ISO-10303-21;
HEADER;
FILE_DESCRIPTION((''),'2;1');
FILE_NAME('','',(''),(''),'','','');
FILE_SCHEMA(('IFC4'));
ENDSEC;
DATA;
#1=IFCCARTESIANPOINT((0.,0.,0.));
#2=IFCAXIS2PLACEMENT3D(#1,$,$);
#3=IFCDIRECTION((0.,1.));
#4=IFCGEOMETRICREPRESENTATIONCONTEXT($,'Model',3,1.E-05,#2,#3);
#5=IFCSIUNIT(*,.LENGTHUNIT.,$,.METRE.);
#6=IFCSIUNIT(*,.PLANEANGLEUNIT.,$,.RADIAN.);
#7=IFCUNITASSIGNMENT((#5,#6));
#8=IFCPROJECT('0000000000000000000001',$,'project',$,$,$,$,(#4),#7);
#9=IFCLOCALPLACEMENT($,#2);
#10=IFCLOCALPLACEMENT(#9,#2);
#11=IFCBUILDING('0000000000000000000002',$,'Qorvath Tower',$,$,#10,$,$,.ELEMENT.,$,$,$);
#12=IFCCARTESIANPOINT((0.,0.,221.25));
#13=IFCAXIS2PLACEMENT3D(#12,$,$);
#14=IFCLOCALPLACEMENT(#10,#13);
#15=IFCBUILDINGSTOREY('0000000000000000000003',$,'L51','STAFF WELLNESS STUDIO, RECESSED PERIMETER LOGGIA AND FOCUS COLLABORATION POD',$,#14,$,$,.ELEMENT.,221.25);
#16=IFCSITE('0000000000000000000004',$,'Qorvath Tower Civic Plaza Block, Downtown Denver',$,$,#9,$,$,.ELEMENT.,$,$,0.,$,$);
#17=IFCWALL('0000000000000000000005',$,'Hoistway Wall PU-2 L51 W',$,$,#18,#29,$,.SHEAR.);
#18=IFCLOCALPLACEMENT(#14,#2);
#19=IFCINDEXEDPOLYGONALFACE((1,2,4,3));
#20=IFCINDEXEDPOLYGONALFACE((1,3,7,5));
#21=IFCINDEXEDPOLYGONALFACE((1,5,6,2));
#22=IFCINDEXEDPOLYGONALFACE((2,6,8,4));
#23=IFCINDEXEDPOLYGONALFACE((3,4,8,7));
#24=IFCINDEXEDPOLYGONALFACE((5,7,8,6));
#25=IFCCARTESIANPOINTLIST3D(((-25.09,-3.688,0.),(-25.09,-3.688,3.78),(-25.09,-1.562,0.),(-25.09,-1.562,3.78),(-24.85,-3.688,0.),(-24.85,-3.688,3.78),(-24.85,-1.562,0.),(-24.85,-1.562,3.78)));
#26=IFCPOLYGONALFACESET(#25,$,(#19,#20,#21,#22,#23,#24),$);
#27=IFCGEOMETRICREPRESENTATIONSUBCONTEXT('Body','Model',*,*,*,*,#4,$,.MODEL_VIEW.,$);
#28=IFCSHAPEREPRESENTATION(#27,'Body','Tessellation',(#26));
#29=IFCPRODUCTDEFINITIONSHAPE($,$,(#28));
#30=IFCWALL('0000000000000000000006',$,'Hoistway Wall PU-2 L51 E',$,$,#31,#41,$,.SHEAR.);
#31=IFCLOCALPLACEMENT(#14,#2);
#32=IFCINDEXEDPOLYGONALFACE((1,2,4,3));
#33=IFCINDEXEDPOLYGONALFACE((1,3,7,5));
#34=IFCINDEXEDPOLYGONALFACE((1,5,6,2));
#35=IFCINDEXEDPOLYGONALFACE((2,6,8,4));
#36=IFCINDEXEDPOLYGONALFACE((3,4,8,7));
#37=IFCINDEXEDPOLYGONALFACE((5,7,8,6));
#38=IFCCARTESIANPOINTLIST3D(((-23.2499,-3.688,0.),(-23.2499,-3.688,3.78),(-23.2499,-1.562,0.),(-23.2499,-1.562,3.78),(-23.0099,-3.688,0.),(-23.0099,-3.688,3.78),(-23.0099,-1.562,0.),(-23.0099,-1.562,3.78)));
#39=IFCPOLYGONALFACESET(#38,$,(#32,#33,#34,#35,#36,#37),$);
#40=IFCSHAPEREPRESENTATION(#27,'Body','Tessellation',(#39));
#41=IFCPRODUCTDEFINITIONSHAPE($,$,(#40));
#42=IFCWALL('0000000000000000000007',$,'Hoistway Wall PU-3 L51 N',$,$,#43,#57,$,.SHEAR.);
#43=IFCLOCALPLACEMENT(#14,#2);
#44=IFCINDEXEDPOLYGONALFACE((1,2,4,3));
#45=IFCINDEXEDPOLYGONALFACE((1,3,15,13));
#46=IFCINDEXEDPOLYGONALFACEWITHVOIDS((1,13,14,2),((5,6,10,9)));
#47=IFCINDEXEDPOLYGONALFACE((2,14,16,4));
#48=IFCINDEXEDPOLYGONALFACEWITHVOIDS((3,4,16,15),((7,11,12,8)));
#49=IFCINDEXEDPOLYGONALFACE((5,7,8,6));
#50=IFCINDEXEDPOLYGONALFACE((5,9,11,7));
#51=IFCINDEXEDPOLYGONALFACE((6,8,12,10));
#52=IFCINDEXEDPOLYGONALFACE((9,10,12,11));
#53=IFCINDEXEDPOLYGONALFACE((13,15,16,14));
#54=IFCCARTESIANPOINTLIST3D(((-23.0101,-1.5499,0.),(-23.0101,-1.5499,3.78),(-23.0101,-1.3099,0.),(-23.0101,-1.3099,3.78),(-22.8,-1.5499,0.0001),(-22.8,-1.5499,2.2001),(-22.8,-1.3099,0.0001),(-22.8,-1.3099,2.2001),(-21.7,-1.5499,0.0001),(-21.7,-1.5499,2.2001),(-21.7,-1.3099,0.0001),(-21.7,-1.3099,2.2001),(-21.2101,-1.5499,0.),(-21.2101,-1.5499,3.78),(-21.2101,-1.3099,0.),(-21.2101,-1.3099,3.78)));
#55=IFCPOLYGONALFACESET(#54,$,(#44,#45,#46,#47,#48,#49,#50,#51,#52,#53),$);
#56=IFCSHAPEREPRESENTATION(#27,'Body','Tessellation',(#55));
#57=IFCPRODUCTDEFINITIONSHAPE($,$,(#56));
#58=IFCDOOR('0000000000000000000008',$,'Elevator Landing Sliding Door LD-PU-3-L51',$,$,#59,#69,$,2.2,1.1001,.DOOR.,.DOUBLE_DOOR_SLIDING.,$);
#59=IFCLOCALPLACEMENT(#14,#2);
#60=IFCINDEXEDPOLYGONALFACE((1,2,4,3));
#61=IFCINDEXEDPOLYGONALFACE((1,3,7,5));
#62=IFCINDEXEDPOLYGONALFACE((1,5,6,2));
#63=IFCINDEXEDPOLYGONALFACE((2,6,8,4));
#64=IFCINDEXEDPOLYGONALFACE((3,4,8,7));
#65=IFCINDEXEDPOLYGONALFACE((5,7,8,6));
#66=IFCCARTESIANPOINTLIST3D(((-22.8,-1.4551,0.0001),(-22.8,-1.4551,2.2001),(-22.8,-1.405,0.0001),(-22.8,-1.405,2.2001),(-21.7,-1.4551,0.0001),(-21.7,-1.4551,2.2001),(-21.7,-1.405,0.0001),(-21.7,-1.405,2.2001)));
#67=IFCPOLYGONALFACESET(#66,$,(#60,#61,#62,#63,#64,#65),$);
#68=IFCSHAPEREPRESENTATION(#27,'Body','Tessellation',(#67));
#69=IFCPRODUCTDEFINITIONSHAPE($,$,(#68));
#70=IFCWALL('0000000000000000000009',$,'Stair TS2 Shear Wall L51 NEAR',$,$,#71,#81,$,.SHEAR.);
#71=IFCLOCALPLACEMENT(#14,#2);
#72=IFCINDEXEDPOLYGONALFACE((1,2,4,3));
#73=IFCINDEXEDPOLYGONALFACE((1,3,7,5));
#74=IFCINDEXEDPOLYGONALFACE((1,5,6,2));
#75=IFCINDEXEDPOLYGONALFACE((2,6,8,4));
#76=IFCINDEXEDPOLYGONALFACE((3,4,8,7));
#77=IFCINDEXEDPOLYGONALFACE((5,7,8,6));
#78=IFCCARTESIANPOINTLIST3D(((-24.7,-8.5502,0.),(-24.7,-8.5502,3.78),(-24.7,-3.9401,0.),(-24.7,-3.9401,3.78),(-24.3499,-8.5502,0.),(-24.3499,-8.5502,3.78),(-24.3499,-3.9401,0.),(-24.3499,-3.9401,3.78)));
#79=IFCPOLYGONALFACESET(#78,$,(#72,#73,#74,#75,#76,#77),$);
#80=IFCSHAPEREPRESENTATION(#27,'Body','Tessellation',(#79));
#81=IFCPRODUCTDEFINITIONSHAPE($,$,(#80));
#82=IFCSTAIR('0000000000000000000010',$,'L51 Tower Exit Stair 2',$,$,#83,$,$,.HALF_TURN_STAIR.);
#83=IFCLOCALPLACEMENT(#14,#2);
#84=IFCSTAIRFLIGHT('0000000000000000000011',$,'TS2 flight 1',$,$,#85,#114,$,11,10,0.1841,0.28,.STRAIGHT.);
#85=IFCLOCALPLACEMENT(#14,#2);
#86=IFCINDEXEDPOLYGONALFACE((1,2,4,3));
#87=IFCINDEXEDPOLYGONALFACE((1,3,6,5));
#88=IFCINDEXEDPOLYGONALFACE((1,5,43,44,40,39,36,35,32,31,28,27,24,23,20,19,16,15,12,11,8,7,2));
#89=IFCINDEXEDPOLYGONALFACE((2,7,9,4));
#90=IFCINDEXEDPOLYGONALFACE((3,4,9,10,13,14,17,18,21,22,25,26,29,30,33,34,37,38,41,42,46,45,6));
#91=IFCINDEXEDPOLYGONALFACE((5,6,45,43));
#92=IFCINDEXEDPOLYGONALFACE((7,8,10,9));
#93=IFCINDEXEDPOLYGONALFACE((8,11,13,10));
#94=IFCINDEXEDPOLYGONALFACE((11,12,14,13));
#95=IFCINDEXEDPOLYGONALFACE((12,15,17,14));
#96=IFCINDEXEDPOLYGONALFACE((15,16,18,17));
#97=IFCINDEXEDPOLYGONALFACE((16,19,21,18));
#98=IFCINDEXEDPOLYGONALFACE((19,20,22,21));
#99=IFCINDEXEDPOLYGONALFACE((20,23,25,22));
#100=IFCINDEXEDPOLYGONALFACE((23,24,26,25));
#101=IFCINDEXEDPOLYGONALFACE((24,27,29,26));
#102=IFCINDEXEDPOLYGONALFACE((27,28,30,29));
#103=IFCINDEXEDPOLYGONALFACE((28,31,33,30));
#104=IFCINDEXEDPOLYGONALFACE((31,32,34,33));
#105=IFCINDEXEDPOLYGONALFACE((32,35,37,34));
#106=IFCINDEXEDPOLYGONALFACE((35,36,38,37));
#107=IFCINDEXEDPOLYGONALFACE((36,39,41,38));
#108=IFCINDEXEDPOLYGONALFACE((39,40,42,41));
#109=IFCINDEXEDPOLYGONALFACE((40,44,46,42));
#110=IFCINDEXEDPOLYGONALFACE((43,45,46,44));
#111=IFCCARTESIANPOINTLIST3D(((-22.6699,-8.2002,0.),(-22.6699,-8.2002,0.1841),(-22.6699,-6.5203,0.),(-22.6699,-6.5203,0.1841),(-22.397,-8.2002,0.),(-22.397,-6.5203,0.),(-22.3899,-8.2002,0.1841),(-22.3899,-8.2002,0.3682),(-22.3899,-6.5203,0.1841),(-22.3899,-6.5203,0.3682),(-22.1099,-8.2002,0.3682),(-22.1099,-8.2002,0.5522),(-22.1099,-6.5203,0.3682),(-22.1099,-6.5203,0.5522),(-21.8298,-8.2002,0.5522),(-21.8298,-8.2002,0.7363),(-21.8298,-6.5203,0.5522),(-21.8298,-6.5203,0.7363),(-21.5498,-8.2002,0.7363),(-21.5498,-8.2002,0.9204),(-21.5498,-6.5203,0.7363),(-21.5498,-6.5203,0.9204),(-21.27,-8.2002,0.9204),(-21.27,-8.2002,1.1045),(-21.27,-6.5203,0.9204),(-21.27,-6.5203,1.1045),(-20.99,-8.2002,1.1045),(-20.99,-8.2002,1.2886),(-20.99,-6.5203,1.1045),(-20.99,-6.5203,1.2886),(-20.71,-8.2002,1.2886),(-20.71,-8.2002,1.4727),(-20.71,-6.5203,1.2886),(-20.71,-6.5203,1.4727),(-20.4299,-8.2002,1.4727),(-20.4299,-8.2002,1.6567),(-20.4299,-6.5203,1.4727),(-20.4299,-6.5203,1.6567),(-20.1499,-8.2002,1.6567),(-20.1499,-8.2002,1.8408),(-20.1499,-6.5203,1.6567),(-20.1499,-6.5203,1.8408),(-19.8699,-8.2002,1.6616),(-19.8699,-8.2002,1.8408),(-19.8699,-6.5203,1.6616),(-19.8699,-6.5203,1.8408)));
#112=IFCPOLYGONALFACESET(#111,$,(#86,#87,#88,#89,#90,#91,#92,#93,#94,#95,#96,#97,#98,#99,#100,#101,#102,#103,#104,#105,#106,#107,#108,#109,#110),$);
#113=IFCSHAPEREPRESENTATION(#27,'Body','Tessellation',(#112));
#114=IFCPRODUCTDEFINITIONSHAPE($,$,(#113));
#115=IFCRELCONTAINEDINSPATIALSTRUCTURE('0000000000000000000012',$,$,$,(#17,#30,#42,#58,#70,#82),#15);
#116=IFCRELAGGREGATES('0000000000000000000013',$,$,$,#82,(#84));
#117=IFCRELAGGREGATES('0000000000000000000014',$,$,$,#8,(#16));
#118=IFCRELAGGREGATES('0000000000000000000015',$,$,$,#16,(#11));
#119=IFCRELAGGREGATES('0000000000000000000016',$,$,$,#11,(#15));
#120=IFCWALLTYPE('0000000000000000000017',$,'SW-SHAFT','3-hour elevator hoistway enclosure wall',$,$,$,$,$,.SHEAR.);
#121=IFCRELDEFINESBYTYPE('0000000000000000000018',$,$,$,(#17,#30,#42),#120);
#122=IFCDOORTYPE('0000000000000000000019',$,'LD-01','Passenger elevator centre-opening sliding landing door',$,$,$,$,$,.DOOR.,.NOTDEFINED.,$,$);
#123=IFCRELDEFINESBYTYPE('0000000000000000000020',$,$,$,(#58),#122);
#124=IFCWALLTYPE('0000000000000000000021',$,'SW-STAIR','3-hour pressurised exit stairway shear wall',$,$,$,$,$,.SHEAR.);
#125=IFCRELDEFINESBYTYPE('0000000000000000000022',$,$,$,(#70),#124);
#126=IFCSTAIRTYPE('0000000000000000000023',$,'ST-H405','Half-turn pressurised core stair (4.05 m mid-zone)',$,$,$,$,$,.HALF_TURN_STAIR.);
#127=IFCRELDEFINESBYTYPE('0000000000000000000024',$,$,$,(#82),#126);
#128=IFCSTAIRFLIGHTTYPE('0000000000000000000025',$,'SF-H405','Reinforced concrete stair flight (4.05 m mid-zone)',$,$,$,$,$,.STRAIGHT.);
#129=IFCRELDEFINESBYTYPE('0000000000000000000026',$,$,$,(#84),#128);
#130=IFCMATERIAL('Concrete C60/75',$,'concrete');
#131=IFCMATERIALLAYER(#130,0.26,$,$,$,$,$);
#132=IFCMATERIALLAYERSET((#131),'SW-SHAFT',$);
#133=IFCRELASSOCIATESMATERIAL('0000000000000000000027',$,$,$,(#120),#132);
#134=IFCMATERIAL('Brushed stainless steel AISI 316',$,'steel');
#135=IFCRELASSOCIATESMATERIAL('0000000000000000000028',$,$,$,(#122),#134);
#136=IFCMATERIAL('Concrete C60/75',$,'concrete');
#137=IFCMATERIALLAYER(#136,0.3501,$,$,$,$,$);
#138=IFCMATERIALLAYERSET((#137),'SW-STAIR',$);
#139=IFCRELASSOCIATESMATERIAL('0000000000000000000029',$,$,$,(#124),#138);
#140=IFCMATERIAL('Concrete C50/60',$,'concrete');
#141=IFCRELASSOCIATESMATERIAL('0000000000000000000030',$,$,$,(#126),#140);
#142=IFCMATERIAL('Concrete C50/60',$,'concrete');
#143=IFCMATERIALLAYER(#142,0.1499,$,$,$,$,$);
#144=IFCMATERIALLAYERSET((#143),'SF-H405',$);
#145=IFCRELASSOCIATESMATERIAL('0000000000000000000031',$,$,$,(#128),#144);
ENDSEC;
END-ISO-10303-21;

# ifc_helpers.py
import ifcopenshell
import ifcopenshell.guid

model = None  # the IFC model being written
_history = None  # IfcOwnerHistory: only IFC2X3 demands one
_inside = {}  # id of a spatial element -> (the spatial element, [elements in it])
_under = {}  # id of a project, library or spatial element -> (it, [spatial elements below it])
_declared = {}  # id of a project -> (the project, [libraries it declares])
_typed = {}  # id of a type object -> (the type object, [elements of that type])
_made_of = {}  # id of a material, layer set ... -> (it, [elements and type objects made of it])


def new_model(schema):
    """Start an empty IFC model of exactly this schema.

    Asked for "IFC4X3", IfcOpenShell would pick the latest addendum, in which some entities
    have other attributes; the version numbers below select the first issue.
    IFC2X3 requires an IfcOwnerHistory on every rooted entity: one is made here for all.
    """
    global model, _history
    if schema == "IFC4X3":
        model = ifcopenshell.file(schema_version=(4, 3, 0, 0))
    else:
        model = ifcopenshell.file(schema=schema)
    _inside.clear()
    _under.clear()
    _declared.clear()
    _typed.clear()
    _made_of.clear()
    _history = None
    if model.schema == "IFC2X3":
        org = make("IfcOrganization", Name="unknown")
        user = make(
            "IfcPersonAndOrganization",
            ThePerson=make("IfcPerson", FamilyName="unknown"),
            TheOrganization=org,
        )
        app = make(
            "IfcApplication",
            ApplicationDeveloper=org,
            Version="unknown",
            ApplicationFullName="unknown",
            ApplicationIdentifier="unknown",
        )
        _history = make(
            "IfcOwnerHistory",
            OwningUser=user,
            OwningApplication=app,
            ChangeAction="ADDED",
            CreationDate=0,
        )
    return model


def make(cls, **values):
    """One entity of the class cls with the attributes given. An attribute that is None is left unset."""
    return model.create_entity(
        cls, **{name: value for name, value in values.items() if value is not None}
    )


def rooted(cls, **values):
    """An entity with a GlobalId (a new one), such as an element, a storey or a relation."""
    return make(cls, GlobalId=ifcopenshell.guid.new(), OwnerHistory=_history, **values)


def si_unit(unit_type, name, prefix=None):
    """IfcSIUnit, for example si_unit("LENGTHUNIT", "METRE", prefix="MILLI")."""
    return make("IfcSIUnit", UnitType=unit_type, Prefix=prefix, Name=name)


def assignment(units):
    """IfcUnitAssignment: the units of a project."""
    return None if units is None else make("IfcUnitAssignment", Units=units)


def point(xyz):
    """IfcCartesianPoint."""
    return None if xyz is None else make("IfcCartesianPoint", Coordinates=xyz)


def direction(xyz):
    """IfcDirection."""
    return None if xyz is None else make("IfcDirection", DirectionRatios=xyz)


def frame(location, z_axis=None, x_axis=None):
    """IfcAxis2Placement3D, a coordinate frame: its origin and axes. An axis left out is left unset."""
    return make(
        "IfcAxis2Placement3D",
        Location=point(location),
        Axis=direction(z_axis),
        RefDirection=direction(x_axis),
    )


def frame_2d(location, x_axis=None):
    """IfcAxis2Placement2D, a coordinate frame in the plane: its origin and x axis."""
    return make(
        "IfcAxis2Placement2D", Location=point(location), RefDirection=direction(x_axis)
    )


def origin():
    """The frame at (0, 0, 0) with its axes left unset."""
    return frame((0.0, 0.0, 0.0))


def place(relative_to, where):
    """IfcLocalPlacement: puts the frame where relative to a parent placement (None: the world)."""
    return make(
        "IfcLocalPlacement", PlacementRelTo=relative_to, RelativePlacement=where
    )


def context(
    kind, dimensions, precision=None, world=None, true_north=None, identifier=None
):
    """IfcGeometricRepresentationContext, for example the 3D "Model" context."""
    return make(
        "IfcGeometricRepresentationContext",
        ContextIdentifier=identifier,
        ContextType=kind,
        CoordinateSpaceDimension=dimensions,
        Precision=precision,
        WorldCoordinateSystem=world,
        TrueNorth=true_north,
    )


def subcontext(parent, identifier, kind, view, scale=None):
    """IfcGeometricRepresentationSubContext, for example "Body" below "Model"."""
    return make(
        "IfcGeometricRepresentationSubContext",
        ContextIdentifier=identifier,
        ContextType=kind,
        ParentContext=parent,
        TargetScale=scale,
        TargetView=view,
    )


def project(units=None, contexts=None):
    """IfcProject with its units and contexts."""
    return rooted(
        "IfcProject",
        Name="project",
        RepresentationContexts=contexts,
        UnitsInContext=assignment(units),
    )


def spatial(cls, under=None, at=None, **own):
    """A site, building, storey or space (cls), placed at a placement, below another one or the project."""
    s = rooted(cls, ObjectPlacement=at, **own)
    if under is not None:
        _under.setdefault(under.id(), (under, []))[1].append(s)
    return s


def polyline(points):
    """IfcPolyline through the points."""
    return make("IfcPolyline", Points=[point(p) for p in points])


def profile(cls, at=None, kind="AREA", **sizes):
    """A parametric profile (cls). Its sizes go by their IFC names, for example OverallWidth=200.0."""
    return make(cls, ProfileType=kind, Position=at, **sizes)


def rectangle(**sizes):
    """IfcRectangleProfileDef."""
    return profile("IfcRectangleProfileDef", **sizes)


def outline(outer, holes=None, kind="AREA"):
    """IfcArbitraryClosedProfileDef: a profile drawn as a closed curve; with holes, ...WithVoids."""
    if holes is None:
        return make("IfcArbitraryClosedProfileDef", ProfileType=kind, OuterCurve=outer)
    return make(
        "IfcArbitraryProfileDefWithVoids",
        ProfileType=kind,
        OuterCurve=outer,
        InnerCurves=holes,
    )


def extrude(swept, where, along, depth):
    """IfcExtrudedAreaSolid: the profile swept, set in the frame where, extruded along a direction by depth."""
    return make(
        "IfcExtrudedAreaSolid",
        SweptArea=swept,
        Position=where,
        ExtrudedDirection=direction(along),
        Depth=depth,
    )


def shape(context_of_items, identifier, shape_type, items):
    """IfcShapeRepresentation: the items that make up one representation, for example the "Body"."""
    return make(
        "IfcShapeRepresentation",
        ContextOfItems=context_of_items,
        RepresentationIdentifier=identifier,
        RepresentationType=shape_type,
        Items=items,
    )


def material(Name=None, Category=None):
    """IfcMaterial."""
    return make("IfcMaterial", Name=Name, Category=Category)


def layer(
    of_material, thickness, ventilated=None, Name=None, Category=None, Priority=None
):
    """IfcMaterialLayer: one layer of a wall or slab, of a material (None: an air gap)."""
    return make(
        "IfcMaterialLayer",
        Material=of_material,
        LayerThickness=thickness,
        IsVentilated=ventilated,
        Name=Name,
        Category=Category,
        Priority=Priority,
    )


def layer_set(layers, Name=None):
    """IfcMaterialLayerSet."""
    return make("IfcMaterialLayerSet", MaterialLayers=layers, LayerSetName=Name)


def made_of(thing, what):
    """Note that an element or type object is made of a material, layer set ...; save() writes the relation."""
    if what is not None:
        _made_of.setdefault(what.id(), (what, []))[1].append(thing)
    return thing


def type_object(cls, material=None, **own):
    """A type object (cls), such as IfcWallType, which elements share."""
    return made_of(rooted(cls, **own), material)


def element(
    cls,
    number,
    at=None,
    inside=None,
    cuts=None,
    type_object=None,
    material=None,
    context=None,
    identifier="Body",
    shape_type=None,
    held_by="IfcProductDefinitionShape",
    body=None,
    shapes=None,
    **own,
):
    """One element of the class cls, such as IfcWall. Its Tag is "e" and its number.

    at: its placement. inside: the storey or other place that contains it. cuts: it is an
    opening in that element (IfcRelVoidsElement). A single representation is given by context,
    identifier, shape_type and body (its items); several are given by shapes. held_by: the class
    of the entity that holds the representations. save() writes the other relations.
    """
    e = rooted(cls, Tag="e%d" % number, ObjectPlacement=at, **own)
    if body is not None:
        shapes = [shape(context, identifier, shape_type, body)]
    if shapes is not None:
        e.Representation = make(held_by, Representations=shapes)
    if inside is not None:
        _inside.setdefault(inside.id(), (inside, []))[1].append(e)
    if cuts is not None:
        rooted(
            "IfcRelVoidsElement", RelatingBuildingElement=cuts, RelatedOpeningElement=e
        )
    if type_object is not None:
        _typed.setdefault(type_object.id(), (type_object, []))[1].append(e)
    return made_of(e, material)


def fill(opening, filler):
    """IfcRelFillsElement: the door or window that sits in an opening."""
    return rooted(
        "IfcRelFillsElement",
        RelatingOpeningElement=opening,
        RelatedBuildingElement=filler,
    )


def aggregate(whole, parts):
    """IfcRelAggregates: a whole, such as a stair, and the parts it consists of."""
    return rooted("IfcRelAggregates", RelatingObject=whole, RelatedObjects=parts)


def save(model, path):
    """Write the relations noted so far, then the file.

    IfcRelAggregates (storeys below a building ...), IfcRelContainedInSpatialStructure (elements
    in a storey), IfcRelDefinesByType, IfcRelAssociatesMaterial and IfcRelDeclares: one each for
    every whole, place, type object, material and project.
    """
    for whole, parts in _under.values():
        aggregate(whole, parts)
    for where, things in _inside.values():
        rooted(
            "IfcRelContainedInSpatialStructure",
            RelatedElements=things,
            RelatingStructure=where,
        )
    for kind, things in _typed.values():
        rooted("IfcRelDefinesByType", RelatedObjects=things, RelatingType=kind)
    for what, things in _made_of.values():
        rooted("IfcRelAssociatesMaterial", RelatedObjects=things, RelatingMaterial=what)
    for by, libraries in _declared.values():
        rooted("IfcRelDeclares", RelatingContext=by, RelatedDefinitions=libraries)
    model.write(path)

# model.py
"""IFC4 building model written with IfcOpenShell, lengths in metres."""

from ifc_helpers import new_model, si_unit, direction, frame, frame_2d, origin, place, context, subcontext, project, spatial, polyline, rectangle, outline, extrude, material, layer, layer_set, type_object, element, fill, aggregate, save


model = new_model("IFC4")

# Units and contexts
model_context = context("Model", 3, precision=1e-05, world=origin(), true_north=direction((0.0, 1.0)))
body_context = subcontext(model_context, "Body", "Model", "MODEL_VIEW")
ifc_project = project(units=[si_unit("LENGTHUNIT", "METRE"), si_unit("PLANEANGLEUNIT", "RADIAN")], contexts=[model_context])

# Site, building, storey
site_placement = place(None, origin())
site = spatial("IfcSite", under=ifc_project, at=site_placement, Name="Qorvath Tower Civic Plaza Block, Downtown Denver", CompositionType="ELEMENT", RefElevation=0.0)
building_placement = place(site_placement, origin())
building = spatial("IfcBuilding", under=site, at=building_placement, Name="Qorvath Tower", CompositionType="ELEMENT")
storey_placement = place(building_placement, frame((0.0, 0.0, 221.25)))
storey = spatial("IfcBuildingStorey", under=building, at=storey_placement, Name="L51", Description="STAFF WELLNESS STUDIO, RECESSED PERIMETER LOGGIA AND FOCUS COLLABORATION POD", CompositionType="ELEMENT", Elevation=221.25)

# Shared definitions
ifc_material_1 = material(Name="Concrete C60/75", Category="concrete")
ifc_layer_1 = layer(ifc_material_1, 0.26)
ifc_layer_set_1 = layer_set([ifc_layer_1], Name="SW-SHAFT")
wall_type_1 = type_object("IfcWallType", Name="SW-SHAFT", Description="3-hour elevator hoistway enclosure wall", PredefinedType="SHEAR", material=ifc_layer_set_1)

# Shared definitions
ifc_material_2 = material(Name="Brushed stainless steel AISI 316", Category="steel")
door_type_1 = type_object("IfcDoorType", Name="LD-01", Description="Passenger elevator centre-opening sliding landing door", OperationType="NOTDEFINED", PredefinedType="DOOR", material=ifc_material_2)

# Walls
for number, where, z_axis, x_axis, name in (
    (1, (-24.97, -3.688, 0.0), (0.0, 0.0, 1.0), (0.0, 1.0, 0.0), "Hoistway Wall PU-2 L51 W"),
    (2, (-23.1299, -1.562, 0.0), (0.0, 0.0, 1.0), (0.0, -1.0, 0.0), "Hoistway Wall PU-2 L51 E"),
):
    element("IfcWall", number, at=place(storey_placement, frame(where, z_axis=z_axis, x_axis=x_axis)), inside=storey, type_object=wall_type_1, Name=name, PredefinedType="SHEAR", context=body_context, shape_type="SweptSolid", body=[
        extrude(rectangle(XDim=2.126, YDim=0.24, at=frame_2d((1.063, 0.0))), origin(), (0.0, 0.0, 1.0), 3.78),
    ])

# Wall, opening, door
wall_1_placement = place(storey_placement, frame((-23.01, -1.4299, 0.0), z_axis=(0.0, 0.0, 1.0), x_axis=(1.0, 0.0, 0.0)))
wall_1 = element("IfcWall", 3, at=wall_1_placement, inside=storey, type_object=wall_type_1, Name="Hoistway Wall PU-3 L51 N", PredefinedType="SHEAR", context=body_context, shape_type="SweptSolid", body=[
    extrude(rectangle(XDim=1.8, YDim=0.24, at=frame_2d((0.8999, 0.0))), origin(), (0.0, 0.0, 1.0), 3.78),
])
opening_1_placement = place(wall_1_placement, frame((0.21, 0.0, 0.0)))
opening_1 = element("IfcOpeningElement", 4, at=opening_1_placement, cuts=wall_1, PredefinedType="OPENING", context=body_context, shape_type="SweptSolid", body=[
    extrude(rectangle(XDim=1.1001, YDim=2.2, at=frame_2d((0.55, 1.1001))), frame((0.0, 0.1299, 0.0), z_axis=(0.0, -1.0, 0.0), x_axis=(1.0, 0.0, 0.0)), (0.0, 0.0, 1.0), 0.26),
])
door_1_placement = place(opening_1_placement, origin())
door_1 = element("IfcDoor", 5, at=door_1_placement, inside=storey, type_object=door_type_1, Name="Elevator Landing Sliding Door LD-PU-3-L51", OperationType="DOUBLE_DOOR_SLIDING", OverallHeight=2.2, OverallWidth=1.1001, PredefinedType="DOOR", context=body_context, shape_type="SweptSolid", body=[
    extrude(rectangle(XDim=1.1001, YDim=2.2, at=frame_2d((0.55, 1.1001))), frame((0.0, 0.0249, 0.0), z_axis=(0.0, -1.0, 0.0), x_axis=(1.0, 0.0, 0.0)), (0.0, 0.0, 1.0), 0.05),
])
fill(opening_1, door_1)

# Wall
ifc_material_3 = material(Name="Concrete C60/75", Category="concrete")
ifc_layer_2 = layer(ifc_material_3, 0.3501)
ifc_layer_set_2 = layer_set([ifc_layer_2], Name="SW-STAIR")
wall_type_2 = type_object("IfcWallType", Name="SW-STAIR", Description="3-hour pressurised exit stairway shear wall", PredefinedType="SHEAR", material=ifc_layer_set_2)
wall_2_placement = place(storey_placement, frame((-24.5249, -3.9399, 0.0), z_axis=(0.0, 0.0, 1.0), x_axis=(0.0, -1.0, 0.0)))
element("IfcWall", 6, at=wall_2_placement, inside=storey, type_object=wall_type_2, Name="Stair TS2 Shear Wall L51 NEAR", PredefinedType="SHEAR", context=body_context, shape_type="SweptSolid", body=[
    extrude(rectangle(XDim=4.6101, YDim=0.3501, at=frame_2d((2.3052, 0.0))), origin(), (0.0, 0.0, 1.0), 3.78),
])

# Stair, stair flight
ifc_material_4 = material(Name="Concrete C50/60", Category="concrete")
stair_type = type_object("IfcStairType", Name="ST-H405", Description="Half-turn pressurised core stair (4.05 m mid-zone)", PredefinedType="HALF_TURN_STAIR", material=ifc_material_4)
stair_placement = place(storey_placement, origin())
stair = element("IfcStair", 7, at=stair_placement, inside=storey, type_object=stair_type, Name="L51 Tower Exit Stair 2", PredefinedType="HALF_TURN_STAIR")
ifc_material_5 = material(Name="Concrete C50/60", Category="concrete")
ifc_layer_3 = layer(ifc_material_5, 0.1499)
ifc_layer_set_3 = layer_set([ifc_layer_3], Name="SF-H405")
stair_flight_type = type_object("IfcStairFlightType", Name="SF-H405", Description="Reinforced concrete stair flight (4.05 m mid-zone)", PredefinedType="STRAIGHT", material=ifc_layer_set_3)
stair_flight_placement = place(storey_placement, frame((-22.6699, -7.3601, 0.0), z_axis=(0.0, 0.0, 1.0), x_axis=(1.0, 0.0, 0.0)))
stair_flight = element("IfcStairFlight", 8, at=stair_flight_placement, type_object=stair_flight_type, Name="TS2 flight 1", NumberOfRisers=11, NumberOfTreads=10, PredefinedType="STRAIGHT", RiserHeight=0.1841, TreadLength=0.28, context=body_context, shape_type="SweptSolid", body=[
    extrude(outline(polyline([(0.0, 0.0), (0.0, 0.1841), (0.28, 0.1841), (0.28, 0.3682), (0.5601, 0.3682), (0.5601, 0.5522), (0.8401, 0.5522), (0.8401, 0.7363), (1.1201, 0.7363), (1.1201, 0.9204), (1.3999, 0.9204), (1.3999, 1.1045), (1.6799, 1.1045), (1.6799, 1.2886), (1.96, 1.2886), (1.96, 1.4727), (2.24, 1.4727), (2.24, 1.6567), (2.52, 1.6567), (2.52, 1.8408), (2.8, 1.8408), (2.8, 2.0249), (2.8, 1.6616), (0.2729, 0.0), (0.0, 0.0)])), frame((0.0, 0.8398, 0.0), z_axis=(0.0, -1.0, 0.0), x_axis=(1.0, 0.0, 0.0)), (0.0, 0.0, 1.0), 1.6799),
])
aggregate(stair, [stair_flight])

save(model, "model.ifc")
